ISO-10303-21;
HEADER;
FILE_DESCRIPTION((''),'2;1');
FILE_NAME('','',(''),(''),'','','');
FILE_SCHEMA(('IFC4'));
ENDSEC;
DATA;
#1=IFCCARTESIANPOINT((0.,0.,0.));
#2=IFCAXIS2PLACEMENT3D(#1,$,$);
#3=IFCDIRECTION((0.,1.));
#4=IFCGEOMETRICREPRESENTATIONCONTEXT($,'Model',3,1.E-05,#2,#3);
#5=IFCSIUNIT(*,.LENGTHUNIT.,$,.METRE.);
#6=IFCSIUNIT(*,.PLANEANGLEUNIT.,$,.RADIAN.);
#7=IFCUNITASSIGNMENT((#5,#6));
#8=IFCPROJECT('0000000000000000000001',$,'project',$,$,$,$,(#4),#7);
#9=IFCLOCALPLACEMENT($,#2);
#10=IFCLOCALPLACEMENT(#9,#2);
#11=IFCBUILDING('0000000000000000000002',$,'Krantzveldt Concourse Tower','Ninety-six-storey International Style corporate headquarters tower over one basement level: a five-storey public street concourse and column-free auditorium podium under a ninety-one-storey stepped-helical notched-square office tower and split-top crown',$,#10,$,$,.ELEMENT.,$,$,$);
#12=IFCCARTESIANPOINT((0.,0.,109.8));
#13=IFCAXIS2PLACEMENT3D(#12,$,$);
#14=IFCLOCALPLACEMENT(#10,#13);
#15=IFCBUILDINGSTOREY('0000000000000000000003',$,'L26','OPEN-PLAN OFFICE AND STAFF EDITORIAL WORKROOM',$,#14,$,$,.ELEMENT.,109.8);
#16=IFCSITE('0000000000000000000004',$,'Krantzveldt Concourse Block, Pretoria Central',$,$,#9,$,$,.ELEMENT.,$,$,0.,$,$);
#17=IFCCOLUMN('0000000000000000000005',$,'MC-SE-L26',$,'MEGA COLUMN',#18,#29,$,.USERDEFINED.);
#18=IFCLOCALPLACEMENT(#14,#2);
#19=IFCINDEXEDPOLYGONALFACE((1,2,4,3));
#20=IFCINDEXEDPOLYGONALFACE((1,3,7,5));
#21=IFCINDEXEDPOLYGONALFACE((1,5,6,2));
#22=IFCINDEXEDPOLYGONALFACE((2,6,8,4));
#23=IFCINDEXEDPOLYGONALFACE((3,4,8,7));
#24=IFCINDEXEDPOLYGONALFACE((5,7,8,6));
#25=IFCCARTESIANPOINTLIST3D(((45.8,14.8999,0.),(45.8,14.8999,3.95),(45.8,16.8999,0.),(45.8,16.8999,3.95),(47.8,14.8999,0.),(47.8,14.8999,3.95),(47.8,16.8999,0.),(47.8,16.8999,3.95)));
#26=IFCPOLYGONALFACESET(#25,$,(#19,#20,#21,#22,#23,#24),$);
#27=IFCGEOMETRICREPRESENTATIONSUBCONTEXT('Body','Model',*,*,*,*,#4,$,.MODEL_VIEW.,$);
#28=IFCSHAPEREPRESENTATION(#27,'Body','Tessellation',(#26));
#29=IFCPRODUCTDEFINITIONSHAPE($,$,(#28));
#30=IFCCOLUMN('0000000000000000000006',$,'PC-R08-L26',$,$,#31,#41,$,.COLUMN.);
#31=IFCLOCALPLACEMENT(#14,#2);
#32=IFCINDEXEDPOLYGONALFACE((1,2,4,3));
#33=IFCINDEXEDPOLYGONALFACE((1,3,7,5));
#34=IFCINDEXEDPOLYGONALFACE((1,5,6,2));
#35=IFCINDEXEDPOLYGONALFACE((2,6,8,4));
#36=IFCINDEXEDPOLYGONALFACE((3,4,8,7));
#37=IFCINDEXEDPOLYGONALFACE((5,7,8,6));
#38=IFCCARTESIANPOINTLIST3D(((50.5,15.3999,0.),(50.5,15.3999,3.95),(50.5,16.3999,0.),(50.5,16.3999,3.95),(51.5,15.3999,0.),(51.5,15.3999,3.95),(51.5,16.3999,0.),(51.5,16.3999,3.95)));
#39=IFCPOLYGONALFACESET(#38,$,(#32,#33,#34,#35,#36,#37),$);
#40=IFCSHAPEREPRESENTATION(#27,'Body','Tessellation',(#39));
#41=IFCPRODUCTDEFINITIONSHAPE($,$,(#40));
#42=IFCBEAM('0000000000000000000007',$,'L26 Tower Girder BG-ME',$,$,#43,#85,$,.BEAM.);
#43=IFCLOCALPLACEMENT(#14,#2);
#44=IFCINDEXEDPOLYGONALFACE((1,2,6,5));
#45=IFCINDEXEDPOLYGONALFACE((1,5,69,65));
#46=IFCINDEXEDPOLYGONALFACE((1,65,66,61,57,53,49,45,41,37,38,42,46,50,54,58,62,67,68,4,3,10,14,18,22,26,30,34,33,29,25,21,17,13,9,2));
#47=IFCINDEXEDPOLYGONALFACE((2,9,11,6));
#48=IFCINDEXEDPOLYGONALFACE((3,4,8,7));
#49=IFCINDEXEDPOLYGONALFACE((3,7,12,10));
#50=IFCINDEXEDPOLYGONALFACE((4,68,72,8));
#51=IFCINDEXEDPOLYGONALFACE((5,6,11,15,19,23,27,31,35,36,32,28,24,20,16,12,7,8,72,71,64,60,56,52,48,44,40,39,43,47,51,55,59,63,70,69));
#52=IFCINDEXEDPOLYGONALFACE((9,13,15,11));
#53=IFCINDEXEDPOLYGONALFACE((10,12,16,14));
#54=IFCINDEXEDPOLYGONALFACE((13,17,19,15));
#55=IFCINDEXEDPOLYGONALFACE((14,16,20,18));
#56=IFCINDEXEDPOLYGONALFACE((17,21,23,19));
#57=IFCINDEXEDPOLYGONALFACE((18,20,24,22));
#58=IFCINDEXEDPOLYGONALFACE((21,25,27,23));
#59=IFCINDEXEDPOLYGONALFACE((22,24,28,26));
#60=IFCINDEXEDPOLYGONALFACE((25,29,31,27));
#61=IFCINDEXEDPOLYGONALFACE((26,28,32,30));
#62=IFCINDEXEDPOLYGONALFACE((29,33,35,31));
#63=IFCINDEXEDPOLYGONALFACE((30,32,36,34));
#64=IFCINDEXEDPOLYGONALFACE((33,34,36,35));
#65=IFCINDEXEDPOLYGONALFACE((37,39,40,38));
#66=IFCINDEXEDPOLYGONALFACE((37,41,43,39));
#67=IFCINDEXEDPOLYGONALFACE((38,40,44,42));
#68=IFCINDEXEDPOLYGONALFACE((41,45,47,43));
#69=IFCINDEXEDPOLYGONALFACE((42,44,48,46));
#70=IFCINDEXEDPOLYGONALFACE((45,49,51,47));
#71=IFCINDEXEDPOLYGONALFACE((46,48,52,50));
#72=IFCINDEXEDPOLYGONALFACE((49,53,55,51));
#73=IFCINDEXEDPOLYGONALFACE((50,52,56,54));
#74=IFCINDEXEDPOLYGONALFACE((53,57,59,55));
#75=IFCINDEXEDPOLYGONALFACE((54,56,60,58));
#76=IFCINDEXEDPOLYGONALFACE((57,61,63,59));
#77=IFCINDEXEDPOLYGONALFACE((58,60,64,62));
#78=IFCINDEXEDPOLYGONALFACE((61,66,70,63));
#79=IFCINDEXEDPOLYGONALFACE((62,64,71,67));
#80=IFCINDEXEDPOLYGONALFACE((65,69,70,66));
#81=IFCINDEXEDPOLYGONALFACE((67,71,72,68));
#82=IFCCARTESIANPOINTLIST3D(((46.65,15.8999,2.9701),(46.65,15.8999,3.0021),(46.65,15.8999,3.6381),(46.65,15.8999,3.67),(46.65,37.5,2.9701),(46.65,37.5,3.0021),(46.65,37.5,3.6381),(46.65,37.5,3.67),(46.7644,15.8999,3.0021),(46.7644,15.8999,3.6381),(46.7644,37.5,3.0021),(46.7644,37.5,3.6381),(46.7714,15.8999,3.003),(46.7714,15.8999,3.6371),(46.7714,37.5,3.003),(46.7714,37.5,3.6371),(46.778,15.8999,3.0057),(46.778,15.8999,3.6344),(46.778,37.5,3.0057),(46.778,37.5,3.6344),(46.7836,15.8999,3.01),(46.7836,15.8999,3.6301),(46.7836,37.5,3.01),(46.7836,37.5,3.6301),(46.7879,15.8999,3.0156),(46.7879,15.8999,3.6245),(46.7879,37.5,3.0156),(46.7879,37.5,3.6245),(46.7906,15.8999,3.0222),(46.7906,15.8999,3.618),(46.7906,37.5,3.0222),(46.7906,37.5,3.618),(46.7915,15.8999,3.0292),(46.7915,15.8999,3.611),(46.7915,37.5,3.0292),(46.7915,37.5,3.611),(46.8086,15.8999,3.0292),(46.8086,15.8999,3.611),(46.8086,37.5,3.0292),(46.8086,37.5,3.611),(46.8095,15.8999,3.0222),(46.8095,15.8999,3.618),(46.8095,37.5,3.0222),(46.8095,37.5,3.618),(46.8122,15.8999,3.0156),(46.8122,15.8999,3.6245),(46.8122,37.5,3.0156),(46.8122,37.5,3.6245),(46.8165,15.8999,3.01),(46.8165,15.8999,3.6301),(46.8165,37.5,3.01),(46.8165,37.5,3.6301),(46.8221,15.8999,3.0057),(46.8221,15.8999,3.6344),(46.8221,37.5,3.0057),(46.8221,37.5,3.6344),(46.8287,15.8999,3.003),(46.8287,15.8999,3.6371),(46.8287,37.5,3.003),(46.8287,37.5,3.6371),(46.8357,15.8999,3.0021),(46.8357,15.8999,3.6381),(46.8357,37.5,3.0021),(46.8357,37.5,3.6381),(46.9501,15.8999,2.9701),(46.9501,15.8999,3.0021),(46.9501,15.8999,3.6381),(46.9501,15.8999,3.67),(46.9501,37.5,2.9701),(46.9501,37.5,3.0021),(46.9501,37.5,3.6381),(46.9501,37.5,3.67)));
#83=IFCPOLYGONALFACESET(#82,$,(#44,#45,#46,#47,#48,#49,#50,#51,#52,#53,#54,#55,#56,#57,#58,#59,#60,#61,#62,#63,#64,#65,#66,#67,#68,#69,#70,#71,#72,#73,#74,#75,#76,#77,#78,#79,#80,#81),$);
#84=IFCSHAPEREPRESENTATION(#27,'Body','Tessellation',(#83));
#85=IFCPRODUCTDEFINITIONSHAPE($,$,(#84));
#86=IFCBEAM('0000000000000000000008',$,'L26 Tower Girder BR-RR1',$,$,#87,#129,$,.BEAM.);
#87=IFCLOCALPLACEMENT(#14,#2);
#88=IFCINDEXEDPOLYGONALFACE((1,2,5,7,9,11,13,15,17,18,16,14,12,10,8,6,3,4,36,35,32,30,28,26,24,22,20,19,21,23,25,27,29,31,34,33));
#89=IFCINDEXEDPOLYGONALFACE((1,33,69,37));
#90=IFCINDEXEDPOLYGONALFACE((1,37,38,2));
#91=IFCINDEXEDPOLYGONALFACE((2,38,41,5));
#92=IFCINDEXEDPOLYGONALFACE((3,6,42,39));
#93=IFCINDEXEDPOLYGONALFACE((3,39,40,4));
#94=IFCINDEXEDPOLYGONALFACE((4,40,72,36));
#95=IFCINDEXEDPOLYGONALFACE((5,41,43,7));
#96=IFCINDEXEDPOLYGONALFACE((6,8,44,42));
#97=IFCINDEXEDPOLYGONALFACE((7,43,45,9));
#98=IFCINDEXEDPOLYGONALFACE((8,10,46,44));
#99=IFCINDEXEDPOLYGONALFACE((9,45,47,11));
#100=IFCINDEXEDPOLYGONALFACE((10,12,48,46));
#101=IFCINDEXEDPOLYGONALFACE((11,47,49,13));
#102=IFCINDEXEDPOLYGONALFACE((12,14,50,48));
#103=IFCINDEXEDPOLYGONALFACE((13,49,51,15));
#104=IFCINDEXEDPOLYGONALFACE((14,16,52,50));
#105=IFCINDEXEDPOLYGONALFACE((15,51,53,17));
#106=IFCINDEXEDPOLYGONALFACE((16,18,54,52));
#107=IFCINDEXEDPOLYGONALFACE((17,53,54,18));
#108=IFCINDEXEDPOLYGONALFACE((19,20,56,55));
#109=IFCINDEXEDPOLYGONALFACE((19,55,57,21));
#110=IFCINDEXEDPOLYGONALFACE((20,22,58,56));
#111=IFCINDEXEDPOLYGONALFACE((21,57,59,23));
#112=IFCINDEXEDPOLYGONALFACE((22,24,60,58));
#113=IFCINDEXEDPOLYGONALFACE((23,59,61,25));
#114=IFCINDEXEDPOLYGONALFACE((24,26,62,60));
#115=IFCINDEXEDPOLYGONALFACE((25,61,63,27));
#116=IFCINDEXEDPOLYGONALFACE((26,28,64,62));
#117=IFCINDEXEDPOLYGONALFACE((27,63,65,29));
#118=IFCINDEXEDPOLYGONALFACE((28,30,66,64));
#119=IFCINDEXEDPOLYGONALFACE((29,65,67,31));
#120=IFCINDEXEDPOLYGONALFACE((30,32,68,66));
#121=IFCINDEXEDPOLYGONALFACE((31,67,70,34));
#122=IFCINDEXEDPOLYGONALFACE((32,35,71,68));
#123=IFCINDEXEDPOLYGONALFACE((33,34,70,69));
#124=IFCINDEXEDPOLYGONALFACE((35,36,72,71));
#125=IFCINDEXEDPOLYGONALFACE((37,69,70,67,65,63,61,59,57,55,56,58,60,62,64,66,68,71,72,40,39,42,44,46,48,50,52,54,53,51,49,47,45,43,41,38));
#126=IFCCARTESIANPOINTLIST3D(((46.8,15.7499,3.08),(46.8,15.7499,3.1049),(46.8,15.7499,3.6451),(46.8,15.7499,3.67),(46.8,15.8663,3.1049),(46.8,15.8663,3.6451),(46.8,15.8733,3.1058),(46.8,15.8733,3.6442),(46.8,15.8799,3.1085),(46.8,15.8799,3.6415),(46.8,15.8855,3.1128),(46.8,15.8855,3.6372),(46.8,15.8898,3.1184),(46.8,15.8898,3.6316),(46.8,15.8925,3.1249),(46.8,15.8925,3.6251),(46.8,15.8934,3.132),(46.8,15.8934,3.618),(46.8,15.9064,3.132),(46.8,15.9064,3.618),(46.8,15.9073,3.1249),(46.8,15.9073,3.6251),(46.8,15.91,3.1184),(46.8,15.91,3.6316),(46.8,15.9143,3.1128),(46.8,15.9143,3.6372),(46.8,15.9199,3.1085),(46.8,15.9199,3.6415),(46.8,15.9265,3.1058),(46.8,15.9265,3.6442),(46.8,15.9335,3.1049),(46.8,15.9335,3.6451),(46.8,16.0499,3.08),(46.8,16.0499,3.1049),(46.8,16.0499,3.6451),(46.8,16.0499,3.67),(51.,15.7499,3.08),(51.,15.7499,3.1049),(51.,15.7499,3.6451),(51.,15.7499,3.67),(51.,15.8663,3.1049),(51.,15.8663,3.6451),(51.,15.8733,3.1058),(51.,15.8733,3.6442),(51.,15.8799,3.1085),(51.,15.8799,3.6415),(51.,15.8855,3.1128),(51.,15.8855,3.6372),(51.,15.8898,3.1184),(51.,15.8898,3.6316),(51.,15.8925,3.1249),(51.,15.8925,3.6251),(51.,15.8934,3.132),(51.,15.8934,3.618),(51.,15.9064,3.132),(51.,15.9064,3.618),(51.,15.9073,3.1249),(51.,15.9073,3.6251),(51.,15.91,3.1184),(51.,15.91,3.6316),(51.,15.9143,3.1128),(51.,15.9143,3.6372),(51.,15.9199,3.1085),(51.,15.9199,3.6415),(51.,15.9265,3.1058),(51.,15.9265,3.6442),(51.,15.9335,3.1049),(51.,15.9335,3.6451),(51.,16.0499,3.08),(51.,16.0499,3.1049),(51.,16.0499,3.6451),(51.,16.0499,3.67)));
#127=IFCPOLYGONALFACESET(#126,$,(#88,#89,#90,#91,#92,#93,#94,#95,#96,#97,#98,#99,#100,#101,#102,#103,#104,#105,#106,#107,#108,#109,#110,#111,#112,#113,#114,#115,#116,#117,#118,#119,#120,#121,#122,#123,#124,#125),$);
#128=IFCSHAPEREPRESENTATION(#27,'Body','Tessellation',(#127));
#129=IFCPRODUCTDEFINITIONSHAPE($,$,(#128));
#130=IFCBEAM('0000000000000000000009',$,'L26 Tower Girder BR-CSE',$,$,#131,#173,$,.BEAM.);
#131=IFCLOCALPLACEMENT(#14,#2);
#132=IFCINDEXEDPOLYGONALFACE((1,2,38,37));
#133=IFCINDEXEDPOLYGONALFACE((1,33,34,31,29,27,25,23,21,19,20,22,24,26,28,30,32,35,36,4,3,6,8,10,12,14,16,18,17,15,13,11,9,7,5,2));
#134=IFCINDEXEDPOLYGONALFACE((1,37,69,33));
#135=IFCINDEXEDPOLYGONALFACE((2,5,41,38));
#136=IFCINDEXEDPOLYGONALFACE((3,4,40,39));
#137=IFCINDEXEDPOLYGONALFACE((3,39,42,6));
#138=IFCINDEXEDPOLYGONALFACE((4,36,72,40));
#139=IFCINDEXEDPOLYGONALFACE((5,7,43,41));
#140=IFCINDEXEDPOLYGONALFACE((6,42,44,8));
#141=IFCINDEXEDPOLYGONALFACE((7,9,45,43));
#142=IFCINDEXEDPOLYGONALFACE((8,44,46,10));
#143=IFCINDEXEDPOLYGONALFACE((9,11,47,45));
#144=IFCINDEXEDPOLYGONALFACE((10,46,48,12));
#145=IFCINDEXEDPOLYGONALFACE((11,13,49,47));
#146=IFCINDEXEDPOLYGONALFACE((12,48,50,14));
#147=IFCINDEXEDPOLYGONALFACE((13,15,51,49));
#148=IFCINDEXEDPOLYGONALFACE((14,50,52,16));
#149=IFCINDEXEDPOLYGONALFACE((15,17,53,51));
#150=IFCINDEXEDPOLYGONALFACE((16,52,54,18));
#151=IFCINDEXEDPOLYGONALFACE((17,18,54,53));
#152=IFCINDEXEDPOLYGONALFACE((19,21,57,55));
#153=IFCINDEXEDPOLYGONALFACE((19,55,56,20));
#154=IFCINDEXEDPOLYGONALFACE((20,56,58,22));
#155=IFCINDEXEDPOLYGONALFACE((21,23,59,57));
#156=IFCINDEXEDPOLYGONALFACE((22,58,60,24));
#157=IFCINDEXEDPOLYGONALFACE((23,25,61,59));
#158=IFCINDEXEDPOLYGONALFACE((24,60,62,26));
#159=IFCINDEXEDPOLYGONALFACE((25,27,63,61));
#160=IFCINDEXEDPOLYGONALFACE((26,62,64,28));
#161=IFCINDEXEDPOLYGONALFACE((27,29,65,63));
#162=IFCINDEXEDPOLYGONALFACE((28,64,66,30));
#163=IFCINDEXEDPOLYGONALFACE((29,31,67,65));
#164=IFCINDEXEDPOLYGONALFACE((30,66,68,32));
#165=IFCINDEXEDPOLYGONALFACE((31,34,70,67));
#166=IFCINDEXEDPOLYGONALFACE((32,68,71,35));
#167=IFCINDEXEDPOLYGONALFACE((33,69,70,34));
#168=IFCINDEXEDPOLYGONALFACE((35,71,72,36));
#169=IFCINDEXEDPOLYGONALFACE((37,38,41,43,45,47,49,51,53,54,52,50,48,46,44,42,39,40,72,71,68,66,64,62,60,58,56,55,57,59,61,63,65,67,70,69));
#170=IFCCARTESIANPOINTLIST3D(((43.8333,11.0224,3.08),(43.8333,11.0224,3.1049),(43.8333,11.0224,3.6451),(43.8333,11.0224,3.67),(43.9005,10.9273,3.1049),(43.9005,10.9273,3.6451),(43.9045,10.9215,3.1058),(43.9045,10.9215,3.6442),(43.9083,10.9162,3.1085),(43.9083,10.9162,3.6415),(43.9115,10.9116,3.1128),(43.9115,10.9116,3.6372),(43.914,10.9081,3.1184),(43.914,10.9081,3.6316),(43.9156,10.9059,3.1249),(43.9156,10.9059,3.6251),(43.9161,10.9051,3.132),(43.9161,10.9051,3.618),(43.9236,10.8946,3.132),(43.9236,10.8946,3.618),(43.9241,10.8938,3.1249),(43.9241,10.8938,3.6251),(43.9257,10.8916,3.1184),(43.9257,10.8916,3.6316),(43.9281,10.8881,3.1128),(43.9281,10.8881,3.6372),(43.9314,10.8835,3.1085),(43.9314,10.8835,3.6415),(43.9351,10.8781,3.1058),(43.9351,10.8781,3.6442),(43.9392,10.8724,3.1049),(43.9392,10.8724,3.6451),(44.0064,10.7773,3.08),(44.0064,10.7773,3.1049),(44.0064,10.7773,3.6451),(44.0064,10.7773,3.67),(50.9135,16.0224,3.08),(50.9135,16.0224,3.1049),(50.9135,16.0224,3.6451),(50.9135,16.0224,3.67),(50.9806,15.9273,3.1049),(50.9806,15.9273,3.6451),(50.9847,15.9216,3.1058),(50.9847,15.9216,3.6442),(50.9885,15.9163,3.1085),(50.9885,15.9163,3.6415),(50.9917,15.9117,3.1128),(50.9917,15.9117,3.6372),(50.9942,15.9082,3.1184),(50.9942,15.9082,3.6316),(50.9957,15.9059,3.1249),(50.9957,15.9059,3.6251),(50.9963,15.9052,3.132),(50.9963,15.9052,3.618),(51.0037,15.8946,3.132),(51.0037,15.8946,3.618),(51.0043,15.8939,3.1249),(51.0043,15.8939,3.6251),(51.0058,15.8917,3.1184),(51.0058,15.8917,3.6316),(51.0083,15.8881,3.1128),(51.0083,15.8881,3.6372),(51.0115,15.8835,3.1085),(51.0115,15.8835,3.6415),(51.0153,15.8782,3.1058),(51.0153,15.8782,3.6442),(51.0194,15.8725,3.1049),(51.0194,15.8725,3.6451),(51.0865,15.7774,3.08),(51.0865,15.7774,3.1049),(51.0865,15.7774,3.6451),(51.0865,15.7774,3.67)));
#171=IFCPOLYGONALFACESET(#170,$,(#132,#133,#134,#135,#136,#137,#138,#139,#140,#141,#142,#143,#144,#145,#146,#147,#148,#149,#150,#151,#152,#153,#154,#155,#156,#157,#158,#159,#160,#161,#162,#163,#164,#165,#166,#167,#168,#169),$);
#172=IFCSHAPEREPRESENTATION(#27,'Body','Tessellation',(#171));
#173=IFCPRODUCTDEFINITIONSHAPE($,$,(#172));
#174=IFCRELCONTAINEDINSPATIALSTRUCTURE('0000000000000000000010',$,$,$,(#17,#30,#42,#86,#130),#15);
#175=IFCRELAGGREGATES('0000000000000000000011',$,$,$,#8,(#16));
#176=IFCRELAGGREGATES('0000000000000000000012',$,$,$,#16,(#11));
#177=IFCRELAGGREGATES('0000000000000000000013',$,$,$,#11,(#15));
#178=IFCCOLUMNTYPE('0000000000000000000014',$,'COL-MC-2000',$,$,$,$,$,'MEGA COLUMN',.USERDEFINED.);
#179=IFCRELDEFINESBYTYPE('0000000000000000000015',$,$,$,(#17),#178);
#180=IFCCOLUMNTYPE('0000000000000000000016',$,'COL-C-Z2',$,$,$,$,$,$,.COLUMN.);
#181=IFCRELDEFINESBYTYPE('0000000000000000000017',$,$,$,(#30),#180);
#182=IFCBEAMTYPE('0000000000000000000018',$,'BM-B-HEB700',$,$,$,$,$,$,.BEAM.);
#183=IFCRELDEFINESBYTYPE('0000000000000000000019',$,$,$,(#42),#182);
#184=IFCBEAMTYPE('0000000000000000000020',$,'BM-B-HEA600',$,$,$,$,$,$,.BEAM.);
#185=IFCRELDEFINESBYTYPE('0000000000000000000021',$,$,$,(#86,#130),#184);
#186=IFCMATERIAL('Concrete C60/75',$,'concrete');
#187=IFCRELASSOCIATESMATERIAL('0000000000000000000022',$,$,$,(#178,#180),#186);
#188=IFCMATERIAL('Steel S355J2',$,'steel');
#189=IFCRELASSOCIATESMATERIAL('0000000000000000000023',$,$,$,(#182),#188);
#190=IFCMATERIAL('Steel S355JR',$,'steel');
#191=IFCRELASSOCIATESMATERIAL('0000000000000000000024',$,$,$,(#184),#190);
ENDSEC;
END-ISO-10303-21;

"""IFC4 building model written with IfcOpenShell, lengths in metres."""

from ifc_helpers import new_model, si_unit, direction, frame, origin, origin_2d, place, context, subcontext, project, spatial, rectangle, i_section, extrude, source, transform, mapped, material, material_profile, profile_set, type_object, type_shapes, element, save


model = new_model("IFC4")

# Units and contexts
model_context = context("Model", 3, precision=1e-05, world=origin(), true_north=direction((0.0, 1.0)))
body_context = subcontext(model_context, "Body", "Model", "MODEL_VIEW")
ifc_project = project(units=[si_unit("LENGTHUNIT", "METRE"), si_unit("PLANEANGLEUNIT", "RADIAN")], contexts=[model_context])

# Site, building, storey
site_placement = place(None, origin())
site = spatial("IfcSite", under=ifc_project, at=site_placement, Name="Krantzveldt Concourse Block, Pretoria Central", CompositionType="ELEMENT", RefElevation=0.0)
building_placement = place(site_placement, origin())
building = spatial("IfcBuilding", under=site, at=building_placement, Name="Krantzveldt Concourse Tower", Description="Ninety-six-storey International Style corporate headquarters tower over one basement level: a five-storey public street concourse and column-free auditorium podium under a ninety-one-storey stepped-helical notched-square office tower and split-top crown", CompositionType="ELEMENT")
storey_placement = place(building_placement, frame((0.0, 0.0, 109.8)))
storey = spatial("IfcBuildingStorey", under=building, at=storey_placement, Name="L26", Description="OPEN-PLAN OFFICE AND STAFF EDITORIAL WORKROOM", CompositionType="ELEMENT", Elevation=109.8)

# Columns
ifc_material_1 = material(Name="Concrete C60/75", Category="concrete")
ifc_material_profile_1 = material_profile(ifc_material_1, rectangle(XDim=2.0, YDim=2.0, at=origin_2d()), Name="Concrete C60/75", Category="concrete")
ifc_profile_set_1 = profile_set([ifc_material_profile_1], Name="Concrete C60/75 - RC 2000x2000")
column_type_1 = type_object("IfcColumnType", Name="COL-MC-2000", ElementType="MEGA COLUMN", PredefinedType="USERDEFINED", material=ifc_profile_set_1)
shared_shape_1 = source(origin(), body_context, "Body", "SweptSolid", [
    extrude(rectangle(XDim=2.0, YDim=2.0, at=origin_2d()), origin(), (0.0, 0.0, 1.0), 3.95),
])
type_shapes(column_type_1, [shared_shape_1])
column_1_placement = place(storey_placement, frame((46.8, 15.8999, 0.0), z_axis=(0.0, 0.0, 1.0), x_axis=(1.0, 0.0, 0.0)))
element("IfcColumn", 1, at=column_1_placement, inside=storey, type_object=column_type_1, Name="MC-SE-L26", ObjectType="MEGA COLUMN", PredefinedType="USERDEFINED", context=body_context, shape_type="MappedRepresentation", body=[
    mapped(shared_shape_1, transform((0.0, 0.0, 0.0), x_axis=(1.0, 0.0, 0.0), y_axis=(0.0, 1.0, 0.0), z_axis=(0.0, 0.0, 1.0), scale=1.0)),
])
ifc_material_profile_2 = material_profile(ifc_material_1, rectangle(XDim=1.0, YDim=1.0, at=origin_2d()), Name="Concrete C60/75", Category="concrete")
ifc_profile_set_2 = profile_set([ifc_material_profile_2], Name="Concrete C60/75 - RC 1000x1000")
column_type_2 = type_object("IfcColumnType", Name="COL-C-Z2", PredefinedType="COLUMN", material=ifc_profile_set_2)
shared_shape_2 = source(origin(), body_context, "Body", "SweptSolid", [
    extrude(rectangle(XDim=1.0, YDim=1.0, at=origin_2d()), origin(), (0.0, 0.0, 1.0), 3.95),
])
type_shapes(column_type_2, [shared_shape_2])
column_2_placement = place(storey_placement, frame((51.0, 15.8999, 0.0), z_axis=(0.0, 0.0, 1.0), x_axis=(1.0, 0.0, 0.0)))
element("IfcColumn", 2, at=column_2_placement, inside=storey, type_object=column_type_2, Name="PC-R08-L26", PredefinedType="COLUMN", context=body_context, shape_type="MappedRepresentation", body=[
    mapped(shared_shape_2, transform((0.0, 0.0, 0.0), x_axis=(1.0, 0.0, 0.0), y_axis=(0.0, 1.0, 0.0), z_axis=(0.0, 0.0, 1.0), scale=1.0)),
])

# Beams
ifc_material_2 = material(Name="Steel S355J2", Category="steel")
ifc_material_profile_3 = material_profile(ifc_material_2, i_section(OverallWidth=0.3, OverallDepth=0.7, WebThickness=0.0171, FlangeThickness=0.032, FilletRadius=0.0271, at=origin_2d()), Name="Steel S355J2", Category="steel")
ifc_profile_set_3 = profile_set([ifc_material_profile_3], Name="Steel S355J2 - HEB 700")
beam_type_1 = type_object("IfcBeamType", Name="BM-B-HEB700", PredefinedType="BEAM", material=ifc_profile_set_3)
shared_shape_3 = source(origin(), body_context, "Body", "SweptSolid", [
    extrude(i_section(OverallWidth=0.3, OverallDepth=0.7, WebThickness=0.0171, FlangeThickness=0.032, FilletRadius=0.0271, at=origin_2d()), origin(), (0.0, 0.0, 1.0), 21.6001),
])
type_shapes(beam_type_1, [shared_shape_3])
beam_1_placement = place(storey_placement, frame((46.8, 15.8999, 3.3201), z_axis=(0.0, 1.0, 0.0), x_axis=(-1.0, 0.0, 0.0)))
element("IfcBeam", 3, at=beam_1_placement, inside=storey, type_object=beam_type_1, Name="L26 Tower Girder BG-ME", PredefinedType="BEAM", context=body_context, shape_type="MappedRepresentation", body=[
    mapped(shared_shape_3, transform((0.0, 0.0, 0.0), x_axis=(1.0, 0.0, 0.0), y_axis=(0.0, 1.0, 0.0), z_axis=(0.0, 0.0, 1.0), scale=1.0)),
])
ifc_material_3 = material(Name="Steel S355JR", Category="steel")
ifc_material_profile_4 = material_profile(ifc_material_3, i_section(OverallWidth=0.3, OverallDepth=0.5901, WebThickness=0.0129, FlangeThickness=0.0249, FilletRadius=0.0271, at=origin_2d()), Name="Steel S355JR", Category="steel")
ifc_profile_set_4 = profile_set([ifc_material_profile_4], Name="Steel S355JR - HEA 600")
beam_type_2 = type_object("IfcBeamType", Name="BM-B-HEA600", PredefinedType="BEAM", material=ifc_profile_set_4)
shared_shape_4 = source(origin(), body_context, "Body", "SweptSolid", [
    extrude(i_section(OverallWidth=0.3, OverallDepth=0.5901, WebThickness=0.0129, FlangeThickness=0.0249, FilletRadius=0.0271, at=origin_2d()), origin(), (0.0, 0.0, 1.0), 4.2),
])
beam_2_placement = place(storey_placement, frame((46.8, 15.8999, 3.375), z_axis=(1.0, 0.0, 0.0), x_axis=(0.0, 1.0, 0.0)))
element("IfcBeam", 4, at=beam_2_placement, inside=storey, type_object=beam_type_2, Name="L26 Tower Girder BR-RR1", PredefinedType="BEAM", context=body_context, shape_type="MappedRepresentation", body=[
    mapped(shared_shape_4, transform((0.0, 0.0, 0.0), x_axis=(1.0, 0.0, 0.0), y_axis=(0.0, 1.0, 0.0), z_axis=(0.0, 0.0, 1.0), scale=1.0)),
])
shared_shape_5 = source(origin(), body_context, "Body", "SweptSolid", [
    extrude(i_section(OverallWidth=0.3, OverallDepth=0.5901, WebThickness=0.0129, FlangeThickness=0.0249, FilletRadius=0.0271, at=origin_2d()), origin(), (0.0, 0.0, 1.0), 8.6677),
])
type_shapes(beam_type_2, [shared_shape_4, shared_shape_5])
beam_3_placement = place(storey_placement, frame((51.0, 15.8999, 3.375), z_axis=(-0.816843, -0.57686, 0.0), x_axis=(0.57686, -0.816843, 0.0)))
element("IfcBeam", 5, at=beam_3_placement, inside=storey, type_object=beam_type_2, Name="L26 Tower Girder BR-CSE", PredefinedType="BEAM", context=body_context, shape_type="MappedRepresentation", body=[
    mapped(shared_shape_5, transform((0.0, 0.0, 0.0), x_axis=(1.0, 0.0, 0.0), y_axis=(0.0, 1.0, 0.0), z_axis=(0.0, 0.0, 1.0), scale=1.0)),
])

save(model, "model.ifc")
